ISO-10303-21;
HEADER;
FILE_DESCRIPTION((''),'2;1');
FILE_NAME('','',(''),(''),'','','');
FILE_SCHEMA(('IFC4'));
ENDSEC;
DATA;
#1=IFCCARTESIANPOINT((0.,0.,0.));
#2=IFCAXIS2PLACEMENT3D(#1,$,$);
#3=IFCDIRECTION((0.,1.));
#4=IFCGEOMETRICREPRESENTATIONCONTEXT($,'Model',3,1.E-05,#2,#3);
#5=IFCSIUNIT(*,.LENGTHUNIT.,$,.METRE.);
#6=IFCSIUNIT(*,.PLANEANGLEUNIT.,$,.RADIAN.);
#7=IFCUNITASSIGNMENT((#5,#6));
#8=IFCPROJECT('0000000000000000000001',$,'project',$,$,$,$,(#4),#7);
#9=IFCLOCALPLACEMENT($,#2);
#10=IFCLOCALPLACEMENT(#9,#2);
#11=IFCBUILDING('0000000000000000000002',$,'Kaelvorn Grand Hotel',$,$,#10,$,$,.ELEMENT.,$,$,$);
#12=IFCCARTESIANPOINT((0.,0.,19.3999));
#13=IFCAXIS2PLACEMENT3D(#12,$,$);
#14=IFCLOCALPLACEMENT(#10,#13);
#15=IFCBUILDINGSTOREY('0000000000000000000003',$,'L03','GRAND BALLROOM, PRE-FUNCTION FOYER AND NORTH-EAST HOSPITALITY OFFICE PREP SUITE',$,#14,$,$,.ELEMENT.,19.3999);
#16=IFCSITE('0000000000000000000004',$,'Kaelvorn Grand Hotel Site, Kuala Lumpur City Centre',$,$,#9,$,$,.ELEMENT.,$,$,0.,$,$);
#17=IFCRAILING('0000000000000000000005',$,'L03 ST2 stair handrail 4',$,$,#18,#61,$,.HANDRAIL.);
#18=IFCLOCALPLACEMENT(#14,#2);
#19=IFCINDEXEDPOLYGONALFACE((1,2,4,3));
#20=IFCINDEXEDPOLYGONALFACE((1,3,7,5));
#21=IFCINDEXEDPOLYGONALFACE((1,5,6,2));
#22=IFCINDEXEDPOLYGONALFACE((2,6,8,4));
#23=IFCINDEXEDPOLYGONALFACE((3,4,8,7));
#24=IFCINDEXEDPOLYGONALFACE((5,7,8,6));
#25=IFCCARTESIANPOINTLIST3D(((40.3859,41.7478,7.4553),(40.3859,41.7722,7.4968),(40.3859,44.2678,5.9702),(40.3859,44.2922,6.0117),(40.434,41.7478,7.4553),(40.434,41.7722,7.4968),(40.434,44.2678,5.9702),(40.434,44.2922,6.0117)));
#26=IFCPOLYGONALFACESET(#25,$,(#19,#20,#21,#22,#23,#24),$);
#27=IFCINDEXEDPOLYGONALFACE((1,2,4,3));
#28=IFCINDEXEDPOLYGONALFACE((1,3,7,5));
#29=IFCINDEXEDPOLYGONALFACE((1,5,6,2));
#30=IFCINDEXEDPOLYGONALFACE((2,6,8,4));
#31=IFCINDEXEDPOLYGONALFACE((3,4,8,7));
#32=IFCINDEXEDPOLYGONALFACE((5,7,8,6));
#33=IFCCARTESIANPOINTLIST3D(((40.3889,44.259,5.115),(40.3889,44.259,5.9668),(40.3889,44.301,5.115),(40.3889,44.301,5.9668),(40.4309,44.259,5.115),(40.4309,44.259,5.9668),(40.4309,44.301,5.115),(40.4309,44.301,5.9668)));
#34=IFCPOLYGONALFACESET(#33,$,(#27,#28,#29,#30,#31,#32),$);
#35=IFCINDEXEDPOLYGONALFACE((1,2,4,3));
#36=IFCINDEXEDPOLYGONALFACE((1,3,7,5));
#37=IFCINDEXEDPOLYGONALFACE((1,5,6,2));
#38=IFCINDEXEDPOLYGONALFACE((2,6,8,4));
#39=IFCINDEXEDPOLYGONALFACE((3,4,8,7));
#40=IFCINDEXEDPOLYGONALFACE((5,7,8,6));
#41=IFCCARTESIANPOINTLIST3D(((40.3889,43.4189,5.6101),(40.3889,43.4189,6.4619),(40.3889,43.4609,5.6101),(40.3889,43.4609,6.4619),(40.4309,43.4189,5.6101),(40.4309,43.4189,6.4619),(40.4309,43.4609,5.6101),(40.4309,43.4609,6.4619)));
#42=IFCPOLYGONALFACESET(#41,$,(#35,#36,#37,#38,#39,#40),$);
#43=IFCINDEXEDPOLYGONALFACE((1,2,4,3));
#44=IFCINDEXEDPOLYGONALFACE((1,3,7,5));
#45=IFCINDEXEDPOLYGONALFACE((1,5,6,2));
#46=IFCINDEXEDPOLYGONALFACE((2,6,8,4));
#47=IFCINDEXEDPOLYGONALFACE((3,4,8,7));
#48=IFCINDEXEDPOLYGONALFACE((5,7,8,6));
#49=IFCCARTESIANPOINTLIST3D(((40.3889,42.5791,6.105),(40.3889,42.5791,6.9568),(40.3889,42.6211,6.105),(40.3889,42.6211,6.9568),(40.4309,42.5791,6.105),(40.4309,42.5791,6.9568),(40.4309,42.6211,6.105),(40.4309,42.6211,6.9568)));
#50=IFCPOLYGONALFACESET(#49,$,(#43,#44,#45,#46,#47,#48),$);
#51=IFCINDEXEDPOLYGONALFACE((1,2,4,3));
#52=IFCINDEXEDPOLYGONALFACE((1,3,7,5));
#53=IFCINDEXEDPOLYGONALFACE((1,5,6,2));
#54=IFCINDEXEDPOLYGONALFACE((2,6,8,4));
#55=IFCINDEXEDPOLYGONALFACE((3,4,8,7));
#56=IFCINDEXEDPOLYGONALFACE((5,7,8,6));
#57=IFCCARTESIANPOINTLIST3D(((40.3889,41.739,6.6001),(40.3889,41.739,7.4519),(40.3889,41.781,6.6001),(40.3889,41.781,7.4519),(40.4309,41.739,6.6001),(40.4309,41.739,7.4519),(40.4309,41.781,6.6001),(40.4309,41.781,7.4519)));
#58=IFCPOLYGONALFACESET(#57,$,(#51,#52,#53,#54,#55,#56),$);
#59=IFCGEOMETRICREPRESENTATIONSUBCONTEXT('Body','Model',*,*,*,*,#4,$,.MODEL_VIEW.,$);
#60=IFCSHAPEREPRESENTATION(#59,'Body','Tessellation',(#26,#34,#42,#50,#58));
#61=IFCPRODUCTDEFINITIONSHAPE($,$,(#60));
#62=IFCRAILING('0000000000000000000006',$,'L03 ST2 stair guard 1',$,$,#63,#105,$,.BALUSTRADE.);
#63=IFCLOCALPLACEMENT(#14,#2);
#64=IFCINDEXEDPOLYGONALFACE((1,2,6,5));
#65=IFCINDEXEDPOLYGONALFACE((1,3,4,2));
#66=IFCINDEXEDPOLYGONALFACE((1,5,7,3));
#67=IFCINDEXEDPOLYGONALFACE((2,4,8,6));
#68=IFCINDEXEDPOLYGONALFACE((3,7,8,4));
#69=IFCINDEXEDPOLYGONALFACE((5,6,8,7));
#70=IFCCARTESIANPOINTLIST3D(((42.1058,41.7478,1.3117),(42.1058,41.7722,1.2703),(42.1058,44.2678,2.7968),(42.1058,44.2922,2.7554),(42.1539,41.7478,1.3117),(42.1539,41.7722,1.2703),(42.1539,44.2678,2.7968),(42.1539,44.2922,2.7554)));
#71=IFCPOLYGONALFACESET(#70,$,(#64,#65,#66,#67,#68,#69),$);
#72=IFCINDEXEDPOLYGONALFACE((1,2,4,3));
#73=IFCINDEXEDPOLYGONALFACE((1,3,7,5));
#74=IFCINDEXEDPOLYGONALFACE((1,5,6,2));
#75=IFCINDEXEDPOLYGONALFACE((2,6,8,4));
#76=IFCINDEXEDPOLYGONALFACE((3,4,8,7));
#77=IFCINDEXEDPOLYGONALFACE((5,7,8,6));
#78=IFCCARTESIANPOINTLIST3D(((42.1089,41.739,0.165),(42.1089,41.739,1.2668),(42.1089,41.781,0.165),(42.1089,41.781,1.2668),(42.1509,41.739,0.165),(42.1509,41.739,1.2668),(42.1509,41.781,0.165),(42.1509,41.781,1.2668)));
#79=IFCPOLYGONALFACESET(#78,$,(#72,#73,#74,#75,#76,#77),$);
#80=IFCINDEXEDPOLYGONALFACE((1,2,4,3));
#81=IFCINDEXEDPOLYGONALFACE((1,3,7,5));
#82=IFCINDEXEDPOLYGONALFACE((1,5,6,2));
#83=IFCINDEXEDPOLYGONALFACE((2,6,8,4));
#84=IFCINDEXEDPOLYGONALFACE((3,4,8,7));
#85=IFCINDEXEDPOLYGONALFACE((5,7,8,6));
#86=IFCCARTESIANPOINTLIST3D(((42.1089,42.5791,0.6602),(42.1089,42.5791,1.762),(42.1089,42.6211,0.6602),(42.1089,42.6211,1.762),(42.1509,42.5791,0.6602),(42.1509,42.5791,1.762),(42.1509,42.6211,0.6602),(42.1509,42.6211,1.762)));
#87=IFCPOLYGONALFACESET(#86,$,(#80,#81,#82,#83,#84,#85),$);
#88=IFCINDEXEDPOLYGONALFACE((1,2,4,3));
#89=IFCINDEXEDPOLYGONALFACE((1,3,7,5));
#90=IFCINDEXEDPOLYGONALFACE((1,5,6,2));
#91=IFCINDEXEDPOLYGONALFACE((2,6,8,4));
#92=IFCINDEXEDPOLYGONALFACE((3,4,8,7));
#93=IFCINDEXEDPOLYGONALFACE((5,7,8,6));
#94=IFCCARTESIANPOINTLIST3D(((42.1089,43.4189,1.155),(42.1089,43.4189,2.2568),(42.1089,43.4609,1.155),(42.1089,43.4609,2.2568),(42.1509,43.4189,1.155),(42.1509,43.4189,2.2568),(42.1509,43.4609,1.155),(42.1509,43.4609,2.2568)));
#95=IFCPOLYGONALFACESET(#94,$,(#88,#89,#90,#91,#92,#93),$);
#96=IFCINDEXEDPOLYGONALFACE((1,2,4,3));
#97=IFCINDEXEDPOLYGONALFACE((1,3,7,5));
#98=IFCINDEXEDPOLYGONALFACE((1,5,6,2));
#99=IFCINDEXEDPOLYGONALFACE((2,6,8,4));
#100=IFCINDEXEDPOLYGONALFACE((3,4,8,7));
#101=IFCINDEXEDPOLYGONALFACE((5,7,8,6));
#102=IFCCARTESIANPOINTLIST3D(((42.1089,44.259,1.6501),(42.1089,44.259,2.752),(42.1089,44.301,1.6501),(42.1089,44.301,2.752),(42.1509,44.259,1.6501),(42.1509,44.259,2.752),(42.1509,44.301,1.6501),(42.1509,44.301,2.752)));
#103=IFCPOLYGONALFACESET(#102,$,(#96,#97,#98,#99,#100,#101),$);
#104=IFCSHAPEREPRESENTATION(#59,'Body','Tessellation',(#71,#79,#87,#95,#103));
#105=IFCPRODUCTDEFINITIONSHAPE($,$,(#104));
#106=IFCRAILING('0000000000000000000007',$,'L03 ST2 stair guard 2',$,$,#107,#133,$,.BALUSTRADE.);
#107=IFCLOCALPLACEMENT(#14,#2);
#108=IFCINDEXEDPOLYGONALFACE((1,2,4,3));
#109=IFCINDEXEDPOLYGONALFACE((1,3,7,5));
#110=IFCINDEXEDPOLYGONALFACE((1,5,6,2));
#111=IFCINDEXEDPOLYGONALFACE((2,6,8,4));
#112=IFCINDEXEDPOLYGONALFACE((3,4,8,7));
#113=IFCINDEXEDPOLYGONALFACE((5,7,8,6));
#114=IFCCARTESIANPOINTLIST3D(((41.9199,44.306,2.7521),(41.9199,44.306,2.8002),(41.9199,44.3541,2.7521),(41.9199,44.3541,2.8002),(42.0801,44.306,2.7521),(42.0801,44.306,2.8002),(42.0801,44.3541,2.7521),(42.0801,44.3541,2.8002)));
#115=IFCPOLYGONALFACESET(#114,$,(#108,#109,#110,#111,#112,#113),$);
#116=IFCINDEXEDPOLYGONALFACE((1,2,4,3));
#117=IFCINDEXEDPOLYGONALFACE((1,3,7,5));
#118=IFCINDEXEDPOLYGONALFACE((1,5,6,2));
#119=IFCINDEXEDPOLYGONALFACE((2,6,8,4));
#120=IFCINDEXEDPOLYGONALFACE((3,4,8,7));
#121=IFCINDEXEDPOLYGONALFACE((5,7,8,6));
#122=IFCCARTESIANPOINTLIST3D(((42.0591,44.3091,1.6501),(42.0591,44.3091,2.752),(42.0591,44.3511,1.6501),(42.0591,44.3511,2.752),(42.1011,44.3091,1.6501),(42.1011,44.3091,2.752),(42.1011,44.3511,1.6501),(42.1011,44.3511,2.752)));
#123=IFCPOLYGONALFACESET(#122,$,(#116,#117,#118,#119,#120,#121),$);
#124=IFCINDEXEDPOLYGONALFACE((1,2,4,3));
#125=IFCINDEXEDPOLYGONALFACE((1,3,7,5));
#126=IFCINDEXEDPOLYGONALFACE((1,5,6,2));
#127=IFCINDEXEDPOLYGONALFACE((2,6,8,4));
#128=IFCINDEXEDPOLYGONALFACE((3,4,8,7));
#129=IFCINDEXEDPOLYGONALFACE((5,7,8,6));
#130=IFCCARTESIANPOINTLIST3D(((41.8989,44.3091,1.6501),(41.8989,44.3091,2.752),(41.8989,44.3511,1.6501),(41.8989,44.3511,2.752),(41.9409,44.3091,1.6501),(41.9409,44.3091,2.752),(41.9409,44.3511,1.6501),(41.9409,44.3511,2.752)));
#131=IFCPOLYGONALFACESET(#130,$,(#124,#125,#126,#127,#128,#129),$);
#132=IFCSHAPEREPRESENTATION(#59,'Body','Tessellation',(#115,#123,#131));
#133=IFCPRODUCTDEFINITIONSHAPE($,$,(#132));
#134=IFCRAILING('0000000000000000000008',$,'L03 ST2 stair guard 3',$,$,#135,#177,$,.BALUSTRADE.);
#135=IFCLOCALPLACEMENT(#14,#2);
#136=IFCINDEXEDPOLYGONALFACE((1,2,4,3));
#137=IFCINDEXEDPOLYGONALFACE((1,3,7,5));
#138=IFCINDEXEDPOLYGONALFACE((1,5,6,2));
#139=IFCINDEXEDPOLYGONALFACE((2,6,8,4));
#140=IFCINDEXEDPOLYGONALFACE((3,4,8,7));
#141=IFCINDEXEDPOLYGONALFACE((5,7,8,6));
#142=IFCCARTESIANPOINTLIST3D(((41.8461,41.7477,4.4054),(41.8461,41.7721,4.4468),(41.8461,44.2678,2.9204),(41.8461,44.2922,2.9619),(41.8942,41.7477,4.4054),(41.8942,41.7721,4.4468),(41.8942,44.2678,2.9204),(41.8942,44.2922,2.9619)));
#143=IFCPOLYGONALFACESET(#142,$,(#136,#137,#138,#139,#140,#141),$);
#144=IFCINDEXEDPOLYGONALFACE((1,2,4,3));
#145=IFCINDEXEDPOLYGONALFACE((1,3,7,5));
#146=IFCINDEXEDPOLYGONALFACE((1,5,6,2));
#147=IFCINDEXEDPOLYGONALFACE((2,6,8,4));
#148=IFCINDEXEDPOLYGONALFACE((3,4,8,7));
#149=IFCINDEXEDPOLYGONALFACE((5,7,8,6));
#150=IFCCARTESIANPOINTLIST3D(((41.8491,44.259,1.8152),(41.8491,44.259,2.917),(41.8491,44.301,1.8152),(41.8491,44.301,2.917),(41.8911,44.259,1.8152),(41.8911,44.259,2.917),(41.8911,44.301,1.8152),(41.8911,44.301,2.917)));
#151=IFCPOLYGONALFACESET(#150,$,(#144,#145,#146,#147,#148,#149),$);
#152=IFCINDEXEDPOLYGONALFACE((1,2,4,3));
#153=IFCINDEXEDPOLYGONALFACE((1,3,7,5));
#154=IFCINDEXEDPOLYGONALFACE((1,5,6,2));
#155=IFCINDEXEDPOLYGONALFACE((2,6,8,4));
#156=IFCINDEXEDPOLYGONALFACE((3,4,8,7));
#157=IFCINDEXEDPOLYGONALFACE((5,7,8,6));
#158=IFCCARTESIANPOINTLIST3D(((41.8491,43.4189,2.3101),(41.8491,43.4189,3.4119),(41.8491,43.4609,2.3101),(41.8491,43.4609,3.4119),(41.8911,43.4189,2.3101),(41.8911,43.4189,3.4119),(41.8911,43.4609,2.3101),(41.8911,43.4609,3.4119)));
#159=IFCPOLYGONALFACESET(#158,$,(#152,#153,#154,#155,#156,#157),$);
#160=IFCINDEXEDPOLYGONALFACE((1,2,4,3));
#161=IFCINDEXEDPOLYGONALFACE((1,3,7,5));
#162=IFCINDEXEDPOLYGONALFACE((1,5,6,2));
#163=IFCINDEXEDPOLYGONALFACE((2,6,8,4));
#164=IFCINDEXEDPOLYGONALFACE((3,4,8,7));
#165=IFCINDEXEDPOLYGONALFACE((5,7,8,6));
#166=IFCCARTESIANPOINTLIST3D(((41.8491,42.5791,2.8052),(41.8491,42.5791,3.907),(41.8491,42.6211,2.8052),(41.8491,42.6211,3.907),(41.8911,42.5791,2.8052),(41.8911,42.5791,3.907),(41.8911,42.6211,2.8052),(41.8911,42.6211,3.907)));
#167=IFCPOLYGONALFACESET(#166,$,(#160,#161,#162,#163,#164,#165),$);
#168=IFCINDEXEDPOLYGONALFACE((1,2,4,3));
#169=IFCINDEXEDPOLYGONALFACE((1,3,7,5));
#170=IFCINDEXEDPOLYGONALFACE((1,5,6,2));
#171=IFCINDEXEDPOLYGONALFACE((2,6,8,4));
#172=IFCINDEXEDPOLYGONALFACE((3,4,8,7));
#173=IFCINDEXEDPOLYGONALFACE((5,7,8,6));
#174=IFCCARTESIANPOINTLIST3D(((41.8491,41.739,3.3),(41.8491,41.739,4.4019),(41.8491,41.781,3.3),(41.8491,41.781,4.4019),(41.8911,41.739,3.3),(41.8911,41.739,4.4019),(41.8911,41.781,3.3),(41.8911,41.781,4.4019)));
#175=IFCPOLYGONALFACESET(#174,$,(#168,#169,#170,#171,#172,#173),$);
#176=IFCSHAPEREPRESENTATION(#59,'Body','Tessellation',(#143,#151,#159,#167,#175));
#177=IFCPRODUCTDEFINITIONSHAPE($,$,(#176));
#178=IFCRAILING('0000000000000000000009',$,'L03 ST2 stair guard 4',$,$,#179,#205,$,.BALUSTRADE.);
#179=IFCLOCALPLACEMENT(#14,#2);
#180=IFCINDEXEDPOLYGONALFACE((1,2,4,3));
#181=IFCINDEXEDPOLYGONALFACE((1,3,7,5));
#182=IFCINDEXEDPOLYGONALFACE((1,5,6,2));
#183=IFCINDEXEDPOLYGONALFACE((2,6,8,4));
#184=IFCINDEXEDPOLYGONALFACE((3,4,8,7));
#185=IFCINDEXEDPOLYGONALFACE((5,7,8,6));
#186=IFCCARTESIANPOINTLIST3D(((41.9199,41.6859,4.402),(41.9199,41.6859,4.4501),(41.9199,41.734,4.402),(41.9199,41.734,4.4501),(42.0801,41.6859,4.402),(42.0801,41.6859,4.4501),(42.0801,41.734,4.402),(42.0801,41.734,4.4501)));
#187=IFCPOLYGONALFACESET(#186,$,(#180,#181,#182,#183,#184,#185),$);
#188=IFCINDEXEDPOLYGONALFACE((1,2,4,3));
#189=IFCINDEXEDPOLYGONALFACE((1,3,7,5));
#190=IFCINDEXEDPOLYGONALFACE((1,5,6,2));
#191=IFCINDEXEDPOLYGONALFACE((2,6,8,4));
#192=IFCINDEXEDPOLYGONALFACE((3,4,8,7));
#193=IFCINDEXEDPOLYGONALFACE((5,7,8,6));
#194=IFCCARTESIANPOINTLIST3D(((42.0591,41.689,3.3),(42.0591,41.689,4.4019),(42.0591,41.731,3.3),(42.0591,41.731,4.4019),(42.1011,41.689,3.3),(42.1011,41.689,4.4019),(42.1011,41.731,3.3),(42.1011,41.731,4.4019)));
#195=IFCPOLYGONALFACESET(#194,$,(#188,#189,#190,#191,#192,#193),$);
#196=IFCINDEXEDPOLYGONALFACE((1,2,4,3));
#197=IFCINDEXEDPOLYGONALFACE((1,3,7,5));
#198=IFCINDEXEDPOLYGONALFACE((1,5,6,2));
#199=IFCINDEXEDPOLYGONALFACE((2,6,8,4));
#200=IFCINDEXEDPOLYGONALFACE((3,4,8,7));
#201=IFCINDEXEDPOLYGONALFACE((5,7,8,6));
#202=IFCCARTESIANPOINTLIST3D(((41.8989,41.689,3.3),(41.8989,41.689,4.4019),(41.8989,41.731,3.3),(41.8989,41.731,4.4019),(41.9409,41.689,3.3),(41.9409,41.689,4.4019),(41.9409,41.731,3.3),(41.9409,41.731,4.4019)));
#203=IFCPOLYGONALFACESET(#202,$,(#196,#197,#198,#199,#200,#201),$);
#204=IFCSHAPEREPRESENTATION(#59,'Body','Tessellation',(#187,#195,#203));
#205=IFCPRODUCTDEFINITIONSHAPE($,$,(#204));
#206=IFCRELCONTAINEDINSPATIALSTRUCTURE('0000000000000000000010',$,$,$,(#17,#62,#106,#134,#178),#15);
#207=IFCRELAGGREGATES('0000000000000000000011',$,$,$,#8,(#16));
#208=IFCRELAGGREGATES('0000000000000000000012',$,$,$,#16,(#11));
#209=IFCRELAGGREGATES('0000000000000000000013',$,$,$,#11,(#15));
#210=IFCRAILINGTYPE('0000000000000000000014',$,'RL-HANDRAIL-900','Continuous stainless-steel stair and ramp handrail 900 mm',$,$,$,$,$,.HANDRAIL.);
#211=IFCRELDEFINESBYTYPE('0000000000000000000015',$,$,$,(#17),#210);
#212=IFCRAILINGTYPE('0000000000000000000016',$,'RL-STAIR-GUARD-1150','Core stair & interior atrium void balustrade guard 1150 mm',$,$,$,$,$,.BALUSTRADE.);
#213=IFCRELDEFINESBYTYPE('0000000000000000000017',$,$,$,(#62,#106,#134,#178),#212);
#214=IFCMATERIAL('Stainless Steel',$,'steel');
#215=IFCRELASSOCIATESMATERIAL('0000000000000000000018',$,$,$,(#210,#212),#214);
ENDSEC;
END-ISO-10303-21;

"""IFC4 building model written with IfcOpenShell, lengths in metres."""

from ifc_helpers import new_model, si_unit, direction, frame, origin, origin_2d, place, context, subcontext, project, spatial, rectangle, extrude, material, type_object, element, save


model = new_model("IFC4")

# Units and contexts
model_context = context("Model", 3, precision=1e-05, world=origin(), true_north=direction((0.0, 1.0)))
body_context = subcontext(model_context, "Body", "Model", "MODEL_VIEW")
ifc_project = project(units=[si_unit("LENGTHUNIT", "METRE"), si_unit("PLANEANGLEUNIT", "RADIAN")], contexts=[model_context])

# Site, building, storey
site_placement = place(None, origin())
site = spatial("IfcSite", under=ifc_project, at=site_placement, Name="Kaelvorn Grand Hotel Site, Kuala Lumpur City Centre", CompositionType="ELEMENT", RefElevation=0.0)
building_placement = place(site_placement, origin())
building = spatial("IfcBuilding", under=site, at=building_placement, Name="Kaelvorn Grand Hotel", CompositionType="ELEMENT")
storey_placement = place(building_placement, frame((0.0, 0.0, 19.3999)))
storey = spatial("IfcBuildingStorey", under=building, at=storey_placement, Name="L03", Description="GRAND BALLROOM, PRE-FUNCTION FOYER AND NORTH-EAST HOSPITALITY OFFICE PREP SUITE", CompositionType="ELEMENT", Elevation=19.3999)

# Railings
ifc_material_1 = material(Name="Stainless Steel", Category="steel")
railing_type_1 = type_object("IfcRailingType", Name="RL-HANDRAIL-900", Description="Continuous stainless-steel stair and ramp handrail 900 mm", PredefinedType="HANDRAIL", material=ifc_material_1)
railing_1_placement = place(storey_placement, frame((40.4099, 44.28, 5.115)))
element("IfcRailing", 1, at=railing_1_placement, inside=storey, type_object=railing_type_1, Name="L03 ST2 stair handrail 4", PredefinedType="HANDRAIL", context=body_context, shape_type="SweptSolid", body=[
    extrude(rectangle(XDim=0.0481, YDim=0.0481, at=origin_2d()), frame((0.0, 0.0, 0.876), z_axis=(0.0, -0.861524, 0.507717), x_axis=(1.0, 0.0, 0.0)), (0.0, 0.0, 1.0), 2.925),
    extrude(rectangle(XDim=0.042, YDim=0.042, at=origin_2d()), origin(), (0.0, 0.0, 1.0), 0.8518),
    extrude(rectangle(XDim=0.042, YDim=0.042, at=origin_2d()), frame((0.0, -0.8401, 0.4951)), (0.0, 0.0, 1.0), 0.8518),
    extrude(rectangle(XDim=0.042, YDim=0.042, at=origin_2d()), frame((0.0, -1.6799, 0.99)), (0.0, 0.0, 1.0), 0.8518),
    extrude(rectangle(XDim=0.042, YDim=0.042, at=origin_2d()), frame((0.0, -2.52, 1.4851)), (0.0, 0.0, 1.0), 0.8518),
])
railing_type_2 = type_object("IfcRailingType", Name="RL-STAIR-GUARD-1150", Description="Core stair & interior atrium void balustrade guard 1150 mm", PredefinedType="BALUSTRADE", material=ifc_material_1)
railing_2_placement = place(storey_placement, frame((42.1299, 41.76, 0.165)))
element("IfcRailing", 2, at=railing_2_placement, inside=storey, type_object=railing_type_2, Name="L03 ST2 stair guard 1", PredefinedType="BALUSTRADE", context=body_context, shape_type="SweptSolid", body=[
    extrude(rectangle(XDim=0.0481, YDim=0.0481, at=origin_2d()), frame((0.0, 0.0, 1.126), z_axis=(0.0, 0.861524, 0.507717), x_axis=(-1.0, 0.0, 0.0)), (0.0, 0.0, 1.0), 2.925),
    extrude(rectangle(XDim=0.042, YDim=0.042, at=origin_2d()), origin(), (0.0, 0.0, 1.0), 1.1018),
    extrude(rectangle(XDim=0.042, YDim=0.042, at=origin_2d()), frame((0.0, 0.8401, 0.4951)), (0.0, 0.0, 1.0), 1.1018),
    extrude(rectangle(XDim=0.042, YDim=0.042, at=origin_2d()), frame((0.0, 1.6799, 0.99)), (0.0, 0.0, 1.0), 1.1018),
    extrude(rectangle(XDim=0.042, YDim=0.042, at=origin_2d()), frame((0.0, 2.52, 1.4851)), (0.0, 0.0, 1.0), 1.1018),
])
railing_3_placement = place(storey_placement, frame((42.0801, 44.3301, 1.6501)))
element("IfcRailing", 3, at=railing_3_placement, inside=storey, type_object=railing_type_2, Name="L03 ST2 stair guard 2", PredefinedType="BALUSTRADE", context=body_context, shape_type="SweptSolid", body=[
    extrude(rectangle(XDim=0.0481, YDim=0.0481, at=origin_2d()), frame((0.0, 0.0, 1.126), z_axis=(-1.0, 0.0, 0.0), x_axis=(0.0, -1.0, 0.0)), (0.0, 0.0, 1.0), 0.1602),
    extrude(rectangle(XDim=0.042, YDim=0.042, at=origin_2d()), origin(), (0.0, 0.0, 1.0), 1.1018),
    extrude(rectangle(XDim=0.042, YDim=0.042, at=origin_2d()), frame((-0.1602, 0.0, 0.0)), (0.0, 0.0, 1.0), 1.1018),
])
railing_4_placement = place(storey_placement, frame((41.8701, 44.28, 1.8152)))
element("IfcRailing", 4, at=railing_4_placement, inside=storey, type_object=railing_type_2, Name="L03 ST2 stair guard 3", PredefinedType="BALUSTRADE", context=body_context, shape_type="SweptSolid", body=[
    extrude(rectangle(XDim=0.0481, YDim=0.0481, at=origin_2d()), frame((0.0, 0.0, 1.126), z_axis=(0.0, -0.861561, 0.507655), x_axis=(1.0, 0.0, 0.0)), (0.0, 0.0, 1.0), 2.925),
    extrude(rectangle(XDim=0.042, YDim=0.042, at=origin_2d()), origin(), (0.0, 0.0, 1.0), 1.1018),
    extrude(rectangle(XDim=0.042, YDim=0.042, at=origin_2d()), frame((0.0, -0.8401, 0.4949)), (0.0, 0.0, 1.0), 1.1018),
    extrude(rectangle(XDim=0.042, YDim=0.042, at=origin_2d()), frame((0.0, -1.6799, 0.99)), (0.0, 0.0, 1.0), 1.1018),
    extrude(rectangle(XDim=0.042, YDim=0.042, at=origin_2d()), frame((0.0, -2.52, 1.4849)), (0.0, 0.0, 1.0), 1.1018),
])
railing_5_placement = place(storey_placement, frame((42.0801, 41.71, 3.3)))
element("IfcRailing", 5, at=railing_5_placement, inside=storey, type_object=railing_type_2, Name="L03 ST2 stair guard 4", PredefinedType="BALUSTRADE", context=body_context, shape_type="SweptSolid", body=[
    extrude(rectangle(XDim=0.0481, YDim=0.0481, at=origin_2d()), frame((0.0, 0.0, 1.126), z_axis=(-1.0, 0.0, 0.0), x_axis=(0.0, -1.0, 0.0)), (0.0, 0.0, 1.0), 0.1602),
    extrude(rectangle(XDim=0.042, YDim=0.042, at=origin_2d()), origin(), (0.0, 0.0, 1.0), 1.1018),
    extrude(rectangle(XDim=0.042, YDim=0.042, at=origin_2d()), frame((-0.1602, 0.0, 0.0)), (0.0, 0.0, 1.0), 1.1018),
])

save(model, "model.ifc")
